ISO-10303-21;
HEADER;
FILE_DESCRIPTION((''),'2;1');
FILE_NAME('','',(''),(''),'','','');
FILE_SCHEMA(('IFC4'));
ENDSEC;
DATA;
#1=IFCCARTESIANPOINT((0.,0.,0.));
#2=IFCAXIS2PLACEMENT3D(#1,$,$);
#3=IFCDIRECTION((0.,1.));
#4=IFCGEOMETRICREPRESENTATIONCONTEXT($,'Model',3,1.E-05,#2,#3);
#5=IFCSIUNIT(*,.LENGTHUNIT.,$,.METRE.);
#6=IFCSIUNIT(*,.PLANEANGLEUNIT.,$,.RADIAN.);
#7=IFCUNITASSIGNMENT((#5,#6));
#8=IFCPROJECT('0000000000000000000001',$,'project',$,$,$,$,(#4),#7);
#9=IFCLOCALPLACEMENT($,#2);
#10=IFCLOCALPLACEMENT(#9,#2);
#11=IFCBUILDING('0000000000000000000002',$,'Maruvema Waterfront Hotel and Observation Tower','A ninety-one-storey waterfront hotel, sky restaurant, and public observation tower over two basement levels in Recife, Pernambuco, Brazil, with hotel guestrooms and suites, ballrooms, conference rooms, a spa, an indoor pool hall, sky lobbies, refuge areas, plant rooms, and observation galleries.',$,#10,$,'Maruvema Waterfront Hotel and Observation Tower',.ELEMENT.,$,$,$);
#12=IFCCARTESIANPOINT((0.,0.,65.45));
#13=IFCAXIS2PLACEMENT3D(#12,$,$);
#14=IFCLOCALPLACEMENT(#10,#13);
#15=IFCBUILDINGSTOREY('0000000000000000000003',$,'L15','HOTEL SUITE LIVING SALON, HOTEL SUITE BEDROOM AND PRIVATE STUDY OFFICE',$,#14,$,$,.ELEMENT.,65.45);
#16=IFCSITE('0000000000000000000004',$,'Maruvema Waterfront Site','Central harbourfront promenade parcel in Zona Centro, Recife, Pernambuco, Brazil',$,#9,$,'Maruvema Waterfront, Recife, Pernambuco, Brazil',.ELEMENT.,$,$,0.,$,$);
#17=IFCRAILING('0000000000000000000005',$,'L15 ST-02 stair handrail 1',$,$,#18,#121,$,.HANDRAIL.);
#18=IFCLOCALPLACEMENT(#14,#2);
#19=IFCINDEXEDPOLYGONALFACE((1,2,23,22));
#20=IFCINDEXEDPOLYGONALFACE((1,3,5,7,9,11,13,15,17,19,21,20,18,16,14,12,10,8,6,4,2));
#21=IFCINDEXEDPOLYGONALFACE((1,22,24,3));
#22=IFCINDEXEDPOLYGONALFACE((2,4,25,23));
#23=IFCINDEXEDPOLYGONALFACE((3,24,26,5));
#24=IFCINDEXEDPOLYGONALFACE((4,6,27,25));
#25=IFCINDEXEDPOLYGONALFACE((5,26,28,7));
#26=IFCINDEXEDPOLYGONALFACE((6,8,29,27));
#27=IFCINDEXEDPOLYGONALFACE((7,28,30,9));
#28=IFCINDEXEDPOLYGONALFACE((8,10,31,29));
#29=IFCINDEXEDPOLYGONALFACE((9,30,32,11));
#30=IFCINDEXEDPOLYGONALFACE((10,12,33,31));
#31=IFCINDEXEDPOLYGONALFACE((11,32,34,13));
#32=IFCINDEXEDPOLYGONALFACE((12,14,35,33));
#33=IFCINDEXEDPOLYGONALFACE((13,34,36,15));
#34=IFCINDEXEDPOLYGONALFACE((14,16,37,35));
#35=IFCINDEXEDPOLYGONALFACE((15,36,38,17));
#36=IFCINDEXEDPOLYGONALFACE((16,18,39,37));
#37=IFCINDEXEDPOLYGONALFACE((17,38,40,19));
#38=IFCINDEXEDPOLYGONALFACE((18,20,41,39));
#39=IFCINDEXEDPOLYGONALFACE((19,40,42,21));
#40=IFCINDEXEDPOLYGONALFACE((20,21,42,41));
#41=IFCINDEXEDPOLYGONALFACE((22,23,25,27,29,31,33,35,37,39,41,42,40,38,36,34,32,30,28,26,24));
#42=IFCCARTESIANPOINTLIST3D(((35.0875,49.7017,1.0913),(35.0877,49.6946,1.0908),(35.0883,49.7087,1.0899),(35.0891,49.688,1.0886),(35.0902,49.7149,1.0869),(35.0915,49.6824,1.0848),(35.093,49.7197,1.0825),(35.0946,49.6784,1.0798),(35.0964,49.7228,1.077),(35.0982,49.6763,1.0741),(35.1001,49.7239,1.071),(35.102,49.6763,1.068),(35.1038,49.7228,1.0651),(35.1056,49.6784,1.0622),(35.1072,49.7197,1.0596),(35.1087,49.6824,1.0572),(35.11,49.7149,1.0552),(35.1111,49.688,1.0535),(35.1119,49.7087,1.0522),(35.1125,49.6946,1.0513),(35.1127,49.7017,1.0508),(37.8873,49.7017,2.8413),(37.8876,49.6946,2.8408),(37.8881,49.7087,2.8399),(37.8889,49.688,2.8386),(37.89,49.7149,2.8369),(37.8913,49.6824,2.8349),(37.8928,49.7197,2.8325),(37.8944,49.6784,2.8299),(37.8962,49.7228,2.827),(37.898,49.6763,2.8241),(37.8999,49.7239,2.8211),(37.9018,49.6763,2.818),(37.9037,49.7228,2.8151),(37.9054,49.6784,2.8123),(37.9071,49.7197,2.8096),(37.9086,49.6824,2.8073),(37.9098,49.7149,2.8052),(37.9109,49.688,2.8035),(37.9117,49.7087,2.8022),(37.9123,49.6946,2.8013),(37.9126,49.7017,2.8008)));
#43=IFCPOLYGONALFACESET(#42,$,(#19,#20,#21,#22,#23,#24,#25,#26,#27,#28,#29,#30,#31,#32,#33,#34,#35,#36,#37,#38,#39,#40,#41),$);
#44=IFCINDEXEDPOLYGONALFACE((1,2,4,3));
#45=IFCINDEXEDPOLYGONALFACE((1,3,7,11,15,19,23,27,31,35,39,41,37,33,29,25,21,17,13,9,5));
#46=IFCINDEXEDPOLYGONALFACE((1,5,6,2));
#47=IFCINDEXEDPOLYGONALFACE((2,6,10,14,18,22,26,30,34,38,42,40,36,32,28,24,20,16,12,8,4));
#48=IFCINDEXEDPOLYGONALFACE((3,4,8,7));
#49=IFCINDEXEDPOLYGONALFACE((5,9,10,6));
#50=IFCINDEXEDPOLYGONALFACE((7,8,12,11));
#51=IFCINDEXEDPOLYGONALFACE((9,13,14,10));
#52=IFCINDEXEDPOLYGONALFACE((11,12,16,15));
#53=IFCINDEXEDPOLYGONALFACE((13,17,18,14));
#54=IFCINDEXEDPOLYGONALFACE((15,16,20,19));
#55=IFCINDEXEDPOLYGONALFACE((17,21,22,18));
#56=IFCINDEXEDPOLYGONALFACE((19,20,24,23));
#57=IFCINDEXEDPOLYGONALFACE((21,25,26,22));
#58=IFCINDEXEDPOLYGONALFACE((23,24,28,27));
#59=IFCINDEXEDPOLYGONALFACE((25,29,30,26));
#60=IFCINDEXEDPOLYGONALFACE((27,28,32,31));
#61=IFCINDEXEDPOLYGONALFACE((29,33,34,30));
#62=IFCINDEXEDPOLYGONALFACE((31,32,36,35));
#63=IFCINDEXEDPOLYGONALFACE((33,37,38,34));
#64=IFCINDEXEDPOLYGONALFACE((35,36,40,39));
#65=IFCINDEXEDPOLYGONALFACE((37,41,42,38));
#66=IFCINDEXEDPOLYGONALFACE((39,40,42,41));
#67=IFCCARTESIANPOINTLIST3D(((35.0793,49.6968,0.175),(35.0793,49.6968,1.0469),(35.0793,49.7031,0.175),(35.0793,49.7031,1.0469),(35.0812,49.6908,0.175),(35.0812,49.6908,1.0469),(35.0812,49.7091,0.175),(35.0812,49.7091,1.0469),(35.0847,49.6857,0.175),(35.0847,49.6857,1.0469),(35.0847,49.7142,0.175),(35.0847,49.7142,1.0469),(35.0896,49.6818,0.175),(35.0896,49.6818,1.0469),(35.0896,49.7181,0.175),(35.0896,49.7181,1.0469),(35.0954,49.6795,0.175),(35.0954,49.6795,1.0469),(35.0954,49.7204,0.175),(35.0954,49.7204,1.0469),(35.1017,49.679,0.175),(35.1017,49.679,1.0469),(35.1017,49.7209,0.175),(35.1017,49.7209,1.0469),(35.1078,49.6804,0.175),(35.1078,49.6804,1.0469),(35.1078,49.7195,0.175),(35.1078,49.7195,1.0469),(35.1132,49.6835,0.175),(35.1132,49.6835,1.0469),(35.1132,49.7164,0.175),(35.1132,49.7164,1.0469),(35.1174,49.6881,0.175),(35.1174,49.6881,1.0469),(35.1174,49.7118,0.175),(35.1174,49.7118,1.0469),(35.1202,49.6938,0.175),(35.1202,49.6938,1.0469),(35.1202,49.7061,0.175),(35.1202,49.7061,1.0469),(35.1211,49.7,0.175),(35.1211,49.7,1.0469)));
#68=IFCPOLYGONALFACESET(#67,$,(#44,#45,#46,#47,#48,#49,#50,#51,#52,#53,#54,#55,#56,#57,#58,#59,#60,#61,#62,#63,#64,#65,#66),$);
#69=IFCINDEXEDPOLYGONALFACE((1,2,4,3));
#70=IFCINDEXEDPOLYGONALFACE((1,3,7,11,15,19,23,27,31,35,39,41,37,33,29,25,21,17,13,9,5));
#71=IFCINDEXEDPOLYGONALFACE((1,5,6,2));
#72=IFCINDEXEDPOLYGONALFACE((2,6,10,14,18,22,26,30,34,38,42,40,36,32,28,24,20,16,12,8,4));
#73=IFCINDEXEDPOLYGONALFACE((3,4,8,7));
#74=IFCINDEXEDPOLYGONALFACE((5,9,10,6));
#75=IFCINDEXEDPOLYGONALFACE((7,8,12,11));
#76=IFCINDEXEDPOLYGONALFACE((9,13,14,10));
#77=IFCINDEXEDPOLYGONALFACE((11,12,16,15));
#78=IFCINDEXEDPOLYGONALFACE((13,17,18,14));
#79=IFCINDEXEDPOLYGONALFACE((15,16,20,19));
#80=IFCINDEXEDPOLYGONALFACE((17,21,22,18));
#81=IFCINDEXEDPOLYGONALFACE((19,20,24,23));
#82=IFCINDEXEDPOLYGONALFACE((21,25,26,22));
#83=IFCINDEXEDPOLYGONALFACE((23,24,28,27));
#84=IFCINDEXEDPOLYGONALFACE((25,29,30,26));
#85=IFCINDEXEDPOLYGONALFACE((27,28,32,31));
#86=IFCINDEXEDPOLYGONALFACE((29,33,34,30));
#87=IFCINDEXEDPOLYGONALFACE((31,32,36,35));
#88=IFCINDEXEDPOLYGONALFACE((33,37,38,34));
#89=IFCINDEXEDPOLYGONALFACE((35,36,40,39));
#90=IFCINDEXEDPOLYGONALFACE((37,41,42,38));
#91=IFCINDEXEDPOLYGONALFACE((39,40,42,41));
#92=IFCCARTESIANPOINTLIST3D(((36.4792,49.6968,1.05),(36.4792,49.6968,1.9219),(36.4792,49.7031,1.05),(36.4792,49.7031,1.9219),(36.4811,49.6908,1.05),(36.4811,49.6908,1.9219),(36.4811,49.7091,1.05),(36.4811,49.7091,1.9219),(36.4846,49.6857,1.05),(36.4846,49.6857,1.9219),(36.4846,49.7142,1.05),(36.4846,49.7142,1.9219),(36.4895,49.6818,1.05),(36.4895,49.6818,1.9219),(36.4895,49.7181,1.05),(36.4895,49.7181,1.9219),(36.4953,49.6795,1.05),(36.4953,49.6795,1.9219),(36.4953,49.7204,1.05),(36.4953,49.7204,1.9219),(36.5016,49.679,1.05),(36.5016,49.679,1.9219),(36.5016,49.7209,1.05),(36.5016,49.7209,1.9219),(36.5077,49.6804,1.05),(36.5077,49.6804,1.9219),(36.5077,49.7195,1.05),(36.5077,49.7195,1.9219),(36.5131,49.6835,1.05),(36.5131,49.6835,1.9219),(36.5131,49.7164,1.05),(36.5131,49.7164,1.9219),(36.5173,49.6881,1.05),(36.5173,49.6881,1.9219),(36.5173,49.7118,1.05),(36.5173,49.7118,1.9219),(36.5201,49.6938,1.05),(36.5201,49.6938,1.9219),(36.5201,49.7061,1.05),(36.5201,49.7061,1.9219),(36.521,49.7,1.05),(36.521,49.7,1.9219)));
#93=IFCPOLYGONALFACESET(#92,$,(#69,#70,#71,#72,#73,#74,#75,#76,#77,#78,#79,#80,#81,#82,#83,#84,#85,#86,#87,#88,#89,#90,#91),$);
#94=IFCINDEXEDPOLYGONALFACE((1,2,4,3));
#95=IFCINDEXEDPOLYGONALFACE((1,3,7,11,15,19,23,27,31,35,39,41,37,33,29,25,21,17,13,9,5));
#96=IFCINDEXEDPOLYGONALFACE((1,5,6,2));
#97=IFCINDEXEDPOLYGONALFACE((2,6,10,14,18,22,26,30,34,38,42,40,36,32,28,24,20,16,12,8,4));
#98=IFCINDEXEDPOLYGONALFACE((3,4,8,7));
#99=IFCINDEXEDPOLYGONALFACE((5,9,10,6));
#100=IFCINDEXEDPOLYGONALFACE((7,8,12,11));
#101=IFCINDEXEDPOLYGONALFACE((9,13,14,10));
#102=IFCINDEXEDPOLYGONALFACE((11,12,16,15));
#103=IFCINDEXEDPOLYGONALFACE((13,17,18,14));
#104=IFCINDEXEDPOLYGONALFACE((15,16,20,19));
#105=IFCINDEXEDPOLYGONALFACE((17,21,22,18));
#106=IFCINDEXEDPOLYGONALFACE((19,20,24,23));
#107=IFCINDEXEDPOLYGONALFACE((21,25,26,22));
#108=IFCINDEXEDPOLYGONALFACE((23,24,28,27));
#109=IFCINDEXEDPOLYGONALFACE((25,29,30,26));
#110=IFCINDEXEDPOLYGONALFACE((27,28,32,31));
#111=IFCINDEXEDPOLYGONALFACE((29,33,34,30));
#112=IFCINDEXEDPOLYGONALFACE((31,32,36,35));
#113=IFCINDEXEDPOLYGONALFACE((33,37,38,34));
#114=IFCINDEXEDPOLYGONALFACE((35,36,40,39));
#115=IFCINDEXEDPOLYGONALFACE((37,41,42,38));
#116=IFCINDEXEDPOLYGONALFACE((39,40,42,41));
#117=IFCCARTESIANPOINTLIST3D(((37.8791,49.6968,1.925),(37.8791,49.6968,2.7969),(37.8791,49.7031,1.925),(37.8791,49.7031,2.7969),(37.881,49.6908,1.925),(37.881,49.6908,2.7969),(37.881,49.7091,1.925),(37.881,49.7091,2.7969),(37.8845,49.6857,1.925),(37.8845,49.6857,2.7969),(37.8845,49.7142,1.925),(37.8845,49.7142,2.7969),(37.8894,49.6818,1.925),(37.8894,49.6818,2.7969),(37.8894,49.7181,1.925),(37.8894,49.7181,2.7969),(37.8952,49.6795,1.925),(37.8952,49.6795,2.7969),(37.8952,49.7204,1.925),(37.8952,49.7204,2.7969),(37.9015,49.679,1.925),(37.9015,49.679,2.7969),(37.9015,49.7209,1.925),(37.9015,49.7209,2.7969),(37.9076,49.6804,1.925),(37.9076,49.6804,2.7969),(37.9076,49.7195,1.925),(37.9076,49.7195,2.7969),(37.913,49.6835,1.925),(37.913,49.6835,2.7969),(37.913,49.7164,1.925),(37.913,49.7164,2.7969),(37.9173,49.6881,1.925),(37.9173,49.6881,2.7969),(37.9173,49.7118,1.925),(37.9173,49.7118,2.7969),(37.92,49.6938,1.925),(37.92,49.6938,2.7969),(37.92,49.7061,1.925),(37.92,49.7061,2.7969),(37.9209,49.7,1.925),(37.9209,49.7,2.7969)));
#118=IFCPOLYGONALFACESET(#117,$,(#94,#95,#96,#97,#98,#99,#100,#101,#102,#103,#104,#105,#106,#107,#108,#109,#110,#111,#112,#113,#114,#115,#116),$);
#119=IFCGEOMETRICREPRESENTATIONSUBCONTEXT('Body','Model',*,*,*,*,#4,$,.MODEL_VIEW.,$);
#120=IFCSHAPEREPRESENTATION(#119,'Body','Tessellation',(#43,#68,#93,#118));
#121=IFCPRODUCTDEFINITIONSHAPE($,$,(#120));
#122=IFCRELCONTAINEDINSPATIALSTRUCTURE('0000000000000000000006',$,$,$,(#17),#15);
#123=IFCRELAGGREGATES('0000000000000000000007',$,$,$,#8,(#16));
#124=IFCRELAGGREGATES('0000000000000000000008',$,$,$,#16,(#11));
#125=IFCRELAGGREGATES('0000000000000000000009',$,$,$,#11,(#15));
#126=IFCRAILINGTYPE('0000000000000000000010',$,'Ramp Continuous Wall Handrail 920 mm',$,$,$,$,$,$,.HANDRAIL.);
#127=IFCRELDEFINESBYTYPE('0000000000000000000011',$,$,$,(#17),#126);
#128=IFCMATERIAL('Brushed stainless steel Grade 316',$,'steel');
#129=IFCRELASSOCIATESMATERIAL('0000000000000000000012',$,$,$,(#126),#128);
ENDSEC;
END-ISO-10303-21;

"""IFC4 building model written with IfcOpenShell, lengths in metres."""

from ifc_helpers import new_model, si_unit, direction, frame, origin, origin_2d, place, context, subcontext, project, spatial, circle, extrude, material, type_object, element, save


model = new_model("IFC4")

# Units and contexts
model_context = context("Model", 3, precision=1e-05, world=origin(), true_north=direction((0.0, 1.0)))
body_context = subcontext(model_context, "Body", "Model", "MODEL_VIEW")
ifc_project = project(units=[si_unit("LENGTHUNIT", "METRE"), si_unit("PLANEANGLEUNIT", "RADIAN")], contexts=[model_context])

# Site, building, storey
site_placement = place(None, origin())
site = spatial("IfcSite", under=ifc_project, at=site_placement, Name="Maruvema Waterfront Site", Description="Central harbourfront promenade parcel in Zona Centro, Recife, Pernambuco, Brazil", LongName="Maruvema Waterfront, Recife, Pernambuco, Brazil", CompositionType="ELEMENT", RefElevation=0.0)
building_placement = place(site_placement, origin())
building = spatial("IfcBuilding", under=site, at=building_placement, Name="Maruvema Waterfront Hotel and Observation Tower", Description="A ninety-one-storey waterfront hotel, sky restaurant, and public observation tower over two basement levels in Recife, Pernambuco, Brazil, with hotel guestrooms and suites, ballrooms, conference rooms, a spa, an indoor pool hall, sky lobbies, refuge areas, plant rooms, and observation galleries.", LongName="Maruvema Waterfront Hotel and Observation Tower", CompositionType="ELEMENT")
storey_placement = place(building_placement, frame((0.0, 0.0, 65.45)))
storey = spatial("IfcBuildingStorey", under=building, at=storey_placement, Name="L15", Description="HOTEL SUITE LIVING SALON, HOTEL SUITE BEDROOM AND PRIVATE STUDY OFFICE", CompositionType="ELEMENT", Elevation=65.45)

# Railing
ifc_material_1 = material(Name="Brushed stainless steel Grade 316", Category="steel")
railing_type_1 = type_object("IfcRailingType", Name="Ramp Continuous Wall Handrail 920 mm", PredefinedType="HANDRAIL", material=ifc_material_1)
railing_1_placement = place(storey_placement, frame((35.1001, 49.7, 0.175)))
element("IfcRailing", 1, at=railing_1_placement, inside=storey, type_object=railing_type_1, Name="L15 ST-02 stair handrail 1", PredefinedType="HANDRAIL", context=body_context, shape_type="SweptSolid", body=[
    extrude(circle(Radius=0.0239, at=origin_2d()), frame((0.0, 0.0, 0.896), z_axis=(0.847982, 0.0, 0.530026), x_axis=(0.0, 1.0, 0.0)), (0.0, 0.0, 1.0), 3.3018),
    extrude(circle(Radius=0.021, at=origin_2d()), origin(), (0.0, 0.0, 1.0), 0.8718),
    extrude(circle(Radius=0.021, at=origin_2d()), frame((1.3999, 0.0, 0.875)), (0.0, 0.0, 1.0), 0.8718),
    extrude(circle(Radius=0.021, at=origin_2d()), frame((2.7998, 0.0, 1.75)), (0.0, 0.0, 1.0), 0.8718),
])

save(model, "model.ifc")
